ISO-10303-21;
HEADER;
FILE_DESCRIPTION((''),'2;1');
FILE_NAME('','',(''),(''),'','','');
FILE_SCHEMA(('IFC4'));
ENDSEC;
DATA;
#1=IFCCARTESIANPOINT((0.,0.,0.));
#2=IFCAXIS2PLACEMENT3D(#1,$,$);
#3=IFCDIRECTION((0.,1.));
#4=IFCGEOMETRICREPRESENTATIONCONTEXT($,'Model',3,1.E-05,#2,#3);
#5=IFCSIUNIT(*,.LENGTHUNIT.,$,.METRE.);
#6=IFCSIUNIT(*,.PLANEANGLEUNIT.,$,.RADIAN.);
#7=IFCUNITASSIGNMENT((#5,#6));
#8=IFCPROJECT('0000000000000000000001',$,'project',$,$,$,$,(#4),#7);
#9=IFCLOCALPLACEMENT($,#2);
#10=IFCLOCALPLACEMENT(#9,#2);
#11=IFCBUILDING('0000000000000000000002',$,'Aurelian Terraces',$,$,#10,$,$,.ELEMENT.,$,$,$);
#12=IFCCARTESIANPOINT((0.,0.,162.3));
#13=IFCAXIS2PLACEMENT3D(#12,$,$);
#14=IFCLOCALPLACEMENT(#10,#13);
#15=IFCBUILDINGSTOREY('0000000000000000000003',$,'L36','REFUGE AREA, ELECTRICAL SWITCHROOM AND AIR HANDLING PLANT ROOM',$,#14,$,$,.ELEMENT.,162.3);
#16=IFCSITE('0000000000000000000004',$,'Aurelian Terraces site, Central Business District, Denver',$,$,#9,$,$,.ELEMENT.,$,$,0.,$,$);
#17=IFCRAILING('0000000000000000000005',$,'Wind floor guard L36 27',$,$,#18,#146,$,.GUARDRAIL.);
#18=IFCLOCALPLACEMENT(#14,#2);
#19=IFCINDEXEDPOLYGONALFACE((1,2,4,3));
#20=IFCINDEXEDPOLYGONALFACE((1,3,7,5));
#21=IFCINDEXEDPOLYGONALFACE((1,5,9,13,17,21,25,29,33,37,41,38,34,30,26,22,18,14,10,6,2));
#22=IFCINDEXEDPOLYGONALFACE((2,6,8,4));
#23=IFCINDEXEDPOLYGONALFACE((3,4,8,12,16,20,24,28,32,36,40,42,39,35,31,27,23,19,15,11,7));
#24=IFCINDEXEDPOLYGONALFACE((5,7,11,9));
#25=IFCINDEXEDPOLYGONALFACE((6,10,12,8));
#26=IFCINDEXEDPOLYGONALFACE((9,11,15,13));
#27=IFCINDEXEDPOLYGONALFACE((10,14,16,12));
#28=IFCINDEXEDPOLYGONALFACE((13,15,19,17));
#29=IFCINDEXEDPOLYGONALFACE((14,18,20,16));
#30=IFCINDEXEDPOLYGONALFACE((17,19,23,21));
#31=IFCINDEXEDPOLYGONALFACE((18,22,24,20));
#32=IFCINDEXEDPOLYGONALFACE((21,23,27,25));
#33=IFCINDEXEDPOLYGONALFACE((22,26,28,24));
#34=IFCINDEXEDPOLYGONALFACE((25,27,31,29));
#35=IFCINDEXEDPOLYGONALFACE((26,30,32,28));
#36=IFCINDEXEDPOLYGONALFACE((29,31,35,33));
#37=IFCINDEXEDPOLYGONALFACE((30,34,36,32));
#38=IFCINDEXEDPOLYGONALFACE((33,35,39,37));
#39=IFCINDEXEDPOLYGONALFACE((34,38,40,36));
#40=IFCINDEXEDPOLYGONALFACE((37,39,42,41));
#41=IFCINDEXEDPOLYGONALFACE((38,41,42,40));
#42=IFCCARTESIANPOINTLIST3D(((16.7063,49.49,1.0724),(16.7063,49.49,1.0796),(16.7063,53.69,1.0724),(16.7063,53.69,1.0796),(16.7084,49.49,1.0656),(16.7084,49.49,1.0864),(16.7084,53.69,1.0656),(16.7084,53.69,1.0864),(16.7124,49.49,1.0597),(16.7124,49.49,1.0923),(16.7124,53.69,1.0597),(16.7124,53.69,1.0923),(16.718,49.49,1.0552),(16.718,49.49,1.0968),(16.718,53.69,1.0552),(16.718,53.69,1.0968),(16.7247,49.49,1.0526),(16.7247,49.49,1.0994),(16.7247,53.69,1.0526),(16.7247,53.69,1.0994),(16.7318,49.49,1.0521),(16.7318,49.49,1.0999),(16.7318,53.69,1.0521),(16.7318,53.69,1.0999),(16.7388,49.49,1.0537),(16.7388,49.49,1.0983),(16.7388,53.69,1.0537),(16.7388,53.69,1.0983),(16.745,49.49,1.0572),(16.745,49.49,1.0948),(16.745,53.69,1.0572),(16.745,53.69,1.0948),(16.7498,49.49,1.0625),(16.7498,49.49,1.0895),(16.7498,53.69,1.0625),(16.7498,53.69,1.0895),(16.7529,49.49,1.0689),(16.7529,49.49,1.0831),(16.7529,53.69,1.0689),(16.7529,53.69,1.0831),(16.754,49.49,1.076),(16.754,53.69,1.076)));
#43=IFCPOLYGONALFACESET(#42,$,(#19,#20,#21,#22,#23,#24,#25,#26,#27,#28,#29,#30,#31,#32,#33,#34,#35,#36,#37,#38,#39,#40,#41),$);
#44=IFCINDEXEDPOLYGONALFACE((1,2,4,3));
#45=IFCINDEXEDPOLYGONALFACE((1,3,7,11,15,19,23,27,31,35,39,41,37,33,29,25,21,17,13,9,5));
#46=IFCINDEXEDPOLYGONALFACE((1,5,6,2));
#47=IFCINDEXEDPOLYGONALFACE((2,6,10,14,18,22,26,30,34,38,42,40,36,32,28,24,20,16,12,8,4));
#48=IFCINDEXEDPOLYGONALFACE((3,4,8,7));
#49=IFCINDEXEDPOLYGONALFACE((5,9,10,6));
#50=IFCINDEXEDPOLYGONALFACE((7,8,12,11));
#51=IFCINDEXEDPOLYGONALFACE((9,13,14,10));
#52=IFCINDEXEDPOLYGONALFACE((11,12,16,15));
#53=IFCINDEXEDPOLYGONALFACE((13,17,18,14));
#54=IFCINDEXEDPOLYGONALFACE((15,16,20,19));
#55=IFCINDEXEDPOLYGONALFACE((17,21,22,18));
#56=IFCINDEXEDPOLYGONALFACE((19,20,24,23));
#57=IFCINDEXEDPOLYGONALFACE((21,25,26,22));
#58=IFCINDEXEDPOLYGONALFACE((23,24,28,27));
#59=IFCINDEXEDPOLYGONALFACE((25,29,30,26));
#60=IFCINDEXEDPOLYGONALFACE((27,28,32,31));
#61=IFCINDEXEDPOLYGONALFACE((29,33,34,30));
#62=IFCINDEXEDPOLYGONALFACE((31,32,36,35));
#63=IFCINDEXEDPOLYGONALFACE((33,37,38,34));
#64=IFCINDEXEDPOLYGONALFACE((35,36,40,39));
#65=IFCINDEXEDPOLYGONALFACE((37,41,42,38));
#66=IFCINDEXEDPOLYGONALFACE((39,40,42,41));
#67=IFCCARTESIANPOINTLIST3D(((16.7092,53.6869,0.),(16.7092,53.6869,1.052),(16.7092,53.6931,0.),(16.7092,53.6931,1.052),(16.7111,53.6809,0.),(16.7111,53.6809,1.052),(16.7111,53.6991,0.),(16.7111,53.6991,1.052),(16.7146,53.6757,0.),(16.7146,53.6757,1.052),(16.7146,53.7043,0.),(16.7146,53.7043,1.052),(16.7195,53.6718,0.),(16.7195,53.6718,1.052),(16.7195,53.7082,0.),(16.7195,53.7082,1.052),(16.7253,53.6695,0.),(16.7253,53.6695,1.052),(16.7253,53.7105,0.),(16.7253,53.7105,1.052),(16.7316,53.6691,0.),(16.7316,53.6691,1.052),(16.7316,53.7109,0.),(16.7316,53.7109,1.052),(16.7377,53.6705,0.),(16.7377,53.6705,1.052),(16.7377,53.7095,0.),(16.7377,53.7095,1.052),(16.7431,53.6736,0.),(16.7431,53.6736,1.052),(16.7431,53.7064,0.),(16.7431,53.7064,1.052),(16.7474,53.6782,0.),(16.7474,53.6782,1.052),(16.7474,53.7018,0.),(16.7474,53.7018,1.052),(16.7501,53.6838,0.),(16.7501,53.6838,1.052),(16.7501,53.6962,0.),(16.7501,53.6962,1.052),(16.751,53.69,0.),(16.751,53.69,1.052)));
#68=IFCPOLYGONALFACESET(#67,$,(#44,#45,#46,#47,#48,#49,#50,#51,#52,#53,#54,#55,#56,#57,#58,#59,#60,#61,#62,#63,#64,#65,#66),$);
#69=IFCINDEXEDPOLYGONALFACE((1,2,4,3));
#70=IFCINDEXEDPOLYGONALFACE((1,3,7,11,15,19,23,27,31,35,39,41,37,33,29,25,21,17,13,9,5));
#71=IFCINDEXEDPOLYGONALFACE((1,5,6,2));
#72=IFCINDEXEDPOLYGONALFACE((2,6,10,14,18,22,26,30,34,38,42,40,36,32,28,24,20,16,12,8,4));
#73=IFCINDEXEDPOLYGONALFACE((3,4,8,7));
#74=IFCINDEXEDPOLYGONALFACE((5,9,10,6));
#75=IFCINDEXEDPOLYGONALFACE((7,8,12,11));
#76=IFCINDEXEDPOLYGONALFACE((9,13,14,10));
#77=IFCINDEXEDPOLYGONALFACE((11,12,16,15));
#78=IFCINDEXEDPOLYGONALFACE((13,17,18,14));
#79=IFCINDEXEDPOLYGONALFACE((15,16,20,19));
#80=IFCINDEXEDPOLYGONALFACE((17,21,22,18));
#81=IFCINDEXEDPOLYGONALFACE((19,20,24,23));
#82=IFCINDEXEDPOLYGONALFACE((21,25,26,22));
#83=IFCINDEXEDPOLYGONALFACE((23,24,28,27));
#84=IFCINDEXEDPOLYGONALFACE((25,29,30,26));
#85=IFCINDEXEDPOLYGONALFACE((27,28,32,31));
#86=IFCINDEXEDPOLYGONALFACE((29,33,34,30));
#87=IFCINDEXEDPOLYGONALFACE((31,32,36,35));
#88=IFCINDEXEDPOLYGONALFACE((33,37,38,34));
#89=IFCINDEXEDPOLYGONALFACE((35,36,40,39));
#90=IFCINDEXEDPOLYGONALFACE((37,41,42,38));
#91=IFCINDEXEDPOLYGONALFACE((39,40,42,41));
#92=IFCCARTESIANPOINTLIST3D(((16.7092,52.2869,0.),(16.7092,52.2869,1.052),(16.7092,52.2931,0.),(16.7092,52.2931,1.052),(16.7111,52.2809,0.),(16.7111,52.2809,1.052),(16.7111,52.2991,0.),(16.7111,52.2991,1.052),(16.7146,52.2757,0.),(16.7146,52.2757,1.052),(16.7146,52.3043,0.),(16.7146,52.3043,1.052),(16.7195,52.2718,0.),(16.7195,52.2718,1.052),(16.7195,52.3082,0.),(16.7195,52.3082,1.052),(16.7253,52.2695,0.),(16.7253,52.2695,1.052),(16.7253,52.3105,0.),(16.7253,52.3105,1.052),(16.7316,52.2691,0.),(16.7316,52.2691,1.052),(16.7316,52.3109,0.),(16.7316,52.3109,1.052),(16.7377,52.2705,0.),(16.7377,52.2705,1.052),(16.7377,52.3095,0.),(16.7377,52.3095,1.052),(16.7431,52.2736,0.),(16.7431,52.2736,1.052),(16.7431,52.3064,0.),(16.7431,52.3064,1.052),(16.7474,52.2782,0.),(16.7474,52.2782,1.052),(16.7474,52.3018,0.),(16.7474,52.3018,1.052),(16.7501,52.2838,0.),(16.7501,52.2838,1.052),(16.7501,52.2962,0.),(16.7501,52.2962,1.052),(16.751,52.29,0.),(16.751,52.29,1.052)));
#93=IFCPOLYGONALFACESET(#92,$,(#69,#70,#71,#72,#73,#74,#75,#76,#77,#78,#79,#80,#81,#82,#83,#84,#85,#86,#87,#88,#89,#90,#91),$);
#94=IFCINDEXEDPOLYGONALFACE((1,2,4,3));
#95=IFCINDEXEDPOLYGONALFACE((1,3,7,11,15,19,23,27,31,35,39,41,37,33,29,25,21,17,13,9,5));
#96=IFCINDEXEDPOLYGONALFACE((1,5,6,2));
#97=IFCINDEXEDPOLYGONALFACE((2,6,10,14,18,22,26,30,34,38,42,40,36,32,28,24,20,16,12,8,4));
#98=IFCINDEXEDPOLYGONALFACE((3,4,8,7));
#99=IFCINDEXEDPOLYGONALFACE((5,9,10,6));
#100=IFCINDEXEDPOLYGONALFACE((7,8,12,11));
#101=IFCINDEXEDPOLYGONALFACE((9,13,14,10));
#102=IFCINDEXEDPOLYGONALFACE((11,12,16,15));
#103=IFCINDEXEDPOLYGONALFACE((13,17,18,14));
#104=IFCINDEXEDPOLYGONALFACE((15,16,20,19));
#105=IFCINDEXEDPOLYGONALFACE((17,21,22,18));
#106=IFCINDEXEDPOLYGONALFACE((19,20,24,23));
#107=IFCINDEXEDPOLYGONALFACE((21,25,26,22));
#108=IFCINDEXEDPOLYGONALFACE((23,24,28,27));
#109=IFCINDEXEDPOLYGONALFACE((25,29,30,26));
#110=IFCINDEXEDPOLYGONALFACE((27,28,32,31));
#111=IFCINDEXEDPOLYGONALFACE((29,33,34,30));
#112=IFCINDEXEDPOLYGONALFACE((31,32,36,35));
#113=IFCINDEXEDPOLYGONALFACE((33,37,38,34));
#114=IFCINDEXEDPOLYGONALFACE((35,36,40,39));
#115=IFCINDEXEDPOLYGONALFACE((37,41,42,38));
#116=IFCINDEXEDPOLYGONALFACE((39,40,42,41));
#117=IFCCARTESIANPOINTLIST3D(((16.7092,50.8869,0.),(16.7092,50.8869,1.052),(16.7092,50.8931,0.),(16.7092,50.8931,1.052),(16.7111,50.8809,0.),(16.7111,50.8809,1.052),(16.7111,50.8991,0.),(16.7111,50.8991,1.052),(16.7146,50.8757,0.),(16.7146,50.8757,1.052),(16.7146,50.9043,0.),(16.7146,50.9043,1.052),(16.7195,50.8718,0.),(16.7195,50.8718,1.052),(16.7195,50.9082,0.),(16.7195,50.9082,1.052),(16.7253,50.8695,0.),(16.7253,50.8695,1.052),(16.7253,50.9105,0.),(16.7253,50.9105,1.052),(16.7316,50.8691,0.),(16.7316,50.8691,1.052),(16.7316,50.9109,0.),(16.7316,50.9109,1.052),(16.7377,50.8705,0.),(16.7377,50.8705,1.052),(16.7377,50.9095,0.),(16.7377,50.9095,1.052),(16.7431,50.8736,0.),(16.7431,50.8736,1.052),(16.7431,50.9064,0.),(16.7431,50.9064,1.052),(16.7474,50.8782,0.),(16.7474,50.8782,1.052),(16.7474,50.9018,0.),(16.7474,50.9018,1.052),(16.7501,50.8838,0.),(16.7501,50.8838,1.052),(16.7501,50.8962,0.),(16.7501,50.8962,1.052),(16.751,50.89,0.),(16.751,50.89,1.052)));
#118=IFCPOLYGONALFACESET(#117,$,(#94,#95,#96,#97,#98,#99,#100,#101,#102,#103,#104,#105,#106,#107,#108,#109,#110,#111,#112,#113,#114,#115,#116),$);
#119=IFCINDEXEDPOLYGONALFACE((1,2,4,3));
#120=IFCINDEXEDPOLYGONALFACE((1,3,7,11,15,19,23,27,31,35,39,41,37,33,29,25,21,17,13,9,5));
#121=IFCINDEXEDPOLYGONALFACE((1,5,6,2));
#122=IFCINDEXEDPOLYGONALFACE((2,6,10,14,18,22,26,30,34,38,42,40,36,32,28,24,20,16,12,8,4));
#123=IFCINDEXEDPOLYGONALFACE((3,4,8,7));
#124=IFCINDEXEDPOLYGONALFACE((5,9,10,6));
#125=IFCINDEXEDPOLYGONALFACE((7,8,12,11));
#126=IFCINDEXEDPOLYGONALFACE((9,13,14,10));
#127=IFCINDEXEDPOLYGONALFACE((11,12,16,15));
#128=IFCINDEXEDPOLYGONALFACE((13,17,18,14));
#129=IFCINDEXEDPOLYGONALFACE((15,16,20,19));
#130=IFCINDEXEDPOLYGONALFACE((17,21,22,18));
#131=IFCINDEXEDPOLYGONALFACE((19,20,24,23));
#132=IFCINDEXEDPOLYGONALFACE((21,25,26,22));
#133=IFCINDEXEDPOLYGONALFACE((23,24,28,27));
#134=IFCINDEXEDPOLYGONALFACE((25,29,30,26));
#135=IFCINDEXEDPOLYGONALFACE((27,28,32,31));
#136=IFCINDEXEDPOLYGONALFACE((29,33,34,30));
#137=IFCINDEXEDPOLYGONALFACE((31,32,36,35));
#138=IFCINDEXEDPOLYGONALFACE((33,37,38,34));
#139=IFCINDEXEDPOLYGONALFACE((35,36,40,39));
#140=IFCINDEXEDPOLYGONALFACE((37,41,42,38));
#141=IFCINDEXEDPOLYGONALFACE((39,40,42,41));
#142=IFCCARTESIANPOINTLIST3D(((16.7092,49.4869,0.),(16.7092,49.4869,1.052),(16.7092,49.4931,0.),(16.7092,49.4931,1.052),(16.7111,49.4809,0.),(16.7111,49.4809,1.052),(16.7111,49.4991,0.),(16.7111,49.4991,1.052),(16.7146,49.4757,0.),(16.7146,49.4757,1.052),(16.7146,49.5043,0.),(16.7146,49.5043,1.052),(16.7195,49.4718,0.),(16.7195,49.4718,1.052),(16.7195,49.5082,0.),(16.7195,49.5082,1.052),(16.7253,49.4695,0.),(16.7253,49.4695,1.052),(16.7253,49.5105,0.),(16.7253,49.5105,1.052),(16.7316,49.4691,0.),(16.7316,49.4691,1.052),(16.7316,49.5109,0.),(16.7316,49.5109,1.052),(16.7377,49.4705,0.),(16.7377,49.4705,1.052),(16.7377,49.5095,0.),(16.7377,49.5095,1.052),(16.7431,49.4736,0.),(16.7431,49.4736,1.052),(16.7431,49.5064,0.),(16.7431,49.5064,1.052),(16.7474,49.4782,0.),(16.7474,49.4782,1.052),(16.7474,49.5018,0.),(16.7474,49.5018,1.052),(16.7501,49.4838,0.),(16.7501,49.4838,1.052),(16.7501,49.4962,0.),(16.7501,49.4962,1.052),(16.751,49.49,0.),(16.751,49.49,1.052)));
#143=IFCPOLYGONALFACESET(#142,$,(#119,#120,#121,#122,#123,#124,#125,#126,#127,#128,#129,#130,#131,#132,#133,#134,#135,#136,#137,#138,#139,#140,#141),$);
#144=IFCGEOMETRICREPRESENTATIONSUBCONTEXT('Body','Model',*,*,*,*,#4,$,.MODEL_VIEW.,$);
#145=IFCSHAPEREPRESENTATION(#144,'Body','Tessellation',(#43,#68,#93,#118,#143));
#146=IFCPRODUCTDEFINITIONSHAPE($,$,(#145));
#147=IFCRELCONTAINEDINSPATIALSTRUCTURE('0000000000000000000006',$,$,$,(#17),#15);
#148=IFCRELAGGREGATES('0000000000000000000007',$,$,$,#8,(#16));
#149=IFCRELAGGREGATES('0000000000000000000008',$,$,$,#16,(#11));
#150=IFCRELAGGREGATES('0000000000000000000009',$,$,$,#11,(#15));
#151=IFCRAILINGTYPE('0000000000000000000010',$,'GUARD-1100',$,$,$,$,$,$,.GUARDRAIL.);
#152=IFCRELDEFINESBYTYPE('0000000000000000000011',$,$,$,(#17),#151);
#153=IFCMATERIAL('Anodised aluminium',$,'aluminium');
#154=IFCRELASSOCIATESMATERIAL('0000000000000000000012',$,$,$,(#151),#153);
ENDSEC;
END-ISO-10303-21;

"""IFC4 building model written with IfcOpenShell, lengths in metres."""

from ifc_helpers import new_model, si_unit, direction, frame, origin, origin_2d, place, context, subcontext, project, spatial, circle, extrude, source, transform, mapped, material, type_object, element, save


model = new_model("IFC4")

# Units and contexts
model_context = context("Model", 3, precision=1e-05, world=origin(), true_north=direction((0.0, 1.0)))
body_context = subcontext(model_context, "Body", "Model", "MODEL_VIEW")
ifc_project = project(units=[si_unit("LENGTHUNIT", "METRE"), si_unit("PLANEANGLEUNIT", "RADIAN")], contexts=[model_context])

# Site, building, storey
site_placement = place(None, origin())
site = spatial("IfcSite", under=ifc_project, at=site_placement, Name="Aurelian Terraces site, Central Business District, Denver", CompositionType="ELEMENT", RefElevation=0.0)
building_placement = place(site_placement, origin())
building = spatial("IfcBuilding", under=site, at=building_placement, Name="Aurelian Terraces", CompositionType="ELEMENT")
storey_placement = place(building_placement, frame((0.0, 0.0, 162.3)))
storey = spatial("IfcBuildingStorey", under=building, at=storey_placement, Name="L36", Description="REFUGE AREA, ELECTRICAL SWITCHROOM AND AIR HANDLING PLANT ROOM", CompositionType="ELEMENT", Elevation=162.3)

# Railing
ifc_material_1 = material(Name="Anodised aluminium", Category="aluminium")
railing_type_1 = type_object("IfcRailingType", Name="GUARD-1100", PredefinedType="GUARDRAIL", material=ifc_material_1)
shared_shape_1 = source(origin(), body_context, "Body", "SweptSolid", [
    extrude(circle(Radius=0.024, at=origin_2d()), frame((0.0, 0.0, 1.076), z_axis=(0.0, -1.0, 0.0), x_axis=(1.0, 0.0, 0.0)), (0.0, 0.0, 1.0), 4.2),
    extrude(circle(Radius=0.021, at=origin_2d()), origin(), (0.0, 0.0, 1.0), 1.052),
    extrude(circle(Radius=0.021, at=origin_2d()), frame((0.0, -1.4, 0.0)), (0.0, 0.0, 1.0), 1.052),
    extrude(circle(Radius=0.021, at=origin_2d()), frame((0.0, -2.8, 0.0)), (0.0, 0.0, 1.0), 1.052),
    extrude(circle(Radius=0.021, at=origin_2d()), frame((0.0, -4.2, 0.0)), (0.0, 0.0, 1.0), 1.052),
])
railing_1_placement = place(storey_placement, frame((16.73, 53.69, 0.0)))
element("IfcRailing", 1, at=railing_1_placement, inside=storey, type_object=railing_type_1, Name="Wind floor guard L36 27", PredefinedType="GUARDRAIL", context=body_context, shape_type="MappedRepresentation", body=[
    mapped(shared_shape_1, transform((0.0, 0.0, 0.0), scale=1.0)),
])

save(model, "model.ifc")
